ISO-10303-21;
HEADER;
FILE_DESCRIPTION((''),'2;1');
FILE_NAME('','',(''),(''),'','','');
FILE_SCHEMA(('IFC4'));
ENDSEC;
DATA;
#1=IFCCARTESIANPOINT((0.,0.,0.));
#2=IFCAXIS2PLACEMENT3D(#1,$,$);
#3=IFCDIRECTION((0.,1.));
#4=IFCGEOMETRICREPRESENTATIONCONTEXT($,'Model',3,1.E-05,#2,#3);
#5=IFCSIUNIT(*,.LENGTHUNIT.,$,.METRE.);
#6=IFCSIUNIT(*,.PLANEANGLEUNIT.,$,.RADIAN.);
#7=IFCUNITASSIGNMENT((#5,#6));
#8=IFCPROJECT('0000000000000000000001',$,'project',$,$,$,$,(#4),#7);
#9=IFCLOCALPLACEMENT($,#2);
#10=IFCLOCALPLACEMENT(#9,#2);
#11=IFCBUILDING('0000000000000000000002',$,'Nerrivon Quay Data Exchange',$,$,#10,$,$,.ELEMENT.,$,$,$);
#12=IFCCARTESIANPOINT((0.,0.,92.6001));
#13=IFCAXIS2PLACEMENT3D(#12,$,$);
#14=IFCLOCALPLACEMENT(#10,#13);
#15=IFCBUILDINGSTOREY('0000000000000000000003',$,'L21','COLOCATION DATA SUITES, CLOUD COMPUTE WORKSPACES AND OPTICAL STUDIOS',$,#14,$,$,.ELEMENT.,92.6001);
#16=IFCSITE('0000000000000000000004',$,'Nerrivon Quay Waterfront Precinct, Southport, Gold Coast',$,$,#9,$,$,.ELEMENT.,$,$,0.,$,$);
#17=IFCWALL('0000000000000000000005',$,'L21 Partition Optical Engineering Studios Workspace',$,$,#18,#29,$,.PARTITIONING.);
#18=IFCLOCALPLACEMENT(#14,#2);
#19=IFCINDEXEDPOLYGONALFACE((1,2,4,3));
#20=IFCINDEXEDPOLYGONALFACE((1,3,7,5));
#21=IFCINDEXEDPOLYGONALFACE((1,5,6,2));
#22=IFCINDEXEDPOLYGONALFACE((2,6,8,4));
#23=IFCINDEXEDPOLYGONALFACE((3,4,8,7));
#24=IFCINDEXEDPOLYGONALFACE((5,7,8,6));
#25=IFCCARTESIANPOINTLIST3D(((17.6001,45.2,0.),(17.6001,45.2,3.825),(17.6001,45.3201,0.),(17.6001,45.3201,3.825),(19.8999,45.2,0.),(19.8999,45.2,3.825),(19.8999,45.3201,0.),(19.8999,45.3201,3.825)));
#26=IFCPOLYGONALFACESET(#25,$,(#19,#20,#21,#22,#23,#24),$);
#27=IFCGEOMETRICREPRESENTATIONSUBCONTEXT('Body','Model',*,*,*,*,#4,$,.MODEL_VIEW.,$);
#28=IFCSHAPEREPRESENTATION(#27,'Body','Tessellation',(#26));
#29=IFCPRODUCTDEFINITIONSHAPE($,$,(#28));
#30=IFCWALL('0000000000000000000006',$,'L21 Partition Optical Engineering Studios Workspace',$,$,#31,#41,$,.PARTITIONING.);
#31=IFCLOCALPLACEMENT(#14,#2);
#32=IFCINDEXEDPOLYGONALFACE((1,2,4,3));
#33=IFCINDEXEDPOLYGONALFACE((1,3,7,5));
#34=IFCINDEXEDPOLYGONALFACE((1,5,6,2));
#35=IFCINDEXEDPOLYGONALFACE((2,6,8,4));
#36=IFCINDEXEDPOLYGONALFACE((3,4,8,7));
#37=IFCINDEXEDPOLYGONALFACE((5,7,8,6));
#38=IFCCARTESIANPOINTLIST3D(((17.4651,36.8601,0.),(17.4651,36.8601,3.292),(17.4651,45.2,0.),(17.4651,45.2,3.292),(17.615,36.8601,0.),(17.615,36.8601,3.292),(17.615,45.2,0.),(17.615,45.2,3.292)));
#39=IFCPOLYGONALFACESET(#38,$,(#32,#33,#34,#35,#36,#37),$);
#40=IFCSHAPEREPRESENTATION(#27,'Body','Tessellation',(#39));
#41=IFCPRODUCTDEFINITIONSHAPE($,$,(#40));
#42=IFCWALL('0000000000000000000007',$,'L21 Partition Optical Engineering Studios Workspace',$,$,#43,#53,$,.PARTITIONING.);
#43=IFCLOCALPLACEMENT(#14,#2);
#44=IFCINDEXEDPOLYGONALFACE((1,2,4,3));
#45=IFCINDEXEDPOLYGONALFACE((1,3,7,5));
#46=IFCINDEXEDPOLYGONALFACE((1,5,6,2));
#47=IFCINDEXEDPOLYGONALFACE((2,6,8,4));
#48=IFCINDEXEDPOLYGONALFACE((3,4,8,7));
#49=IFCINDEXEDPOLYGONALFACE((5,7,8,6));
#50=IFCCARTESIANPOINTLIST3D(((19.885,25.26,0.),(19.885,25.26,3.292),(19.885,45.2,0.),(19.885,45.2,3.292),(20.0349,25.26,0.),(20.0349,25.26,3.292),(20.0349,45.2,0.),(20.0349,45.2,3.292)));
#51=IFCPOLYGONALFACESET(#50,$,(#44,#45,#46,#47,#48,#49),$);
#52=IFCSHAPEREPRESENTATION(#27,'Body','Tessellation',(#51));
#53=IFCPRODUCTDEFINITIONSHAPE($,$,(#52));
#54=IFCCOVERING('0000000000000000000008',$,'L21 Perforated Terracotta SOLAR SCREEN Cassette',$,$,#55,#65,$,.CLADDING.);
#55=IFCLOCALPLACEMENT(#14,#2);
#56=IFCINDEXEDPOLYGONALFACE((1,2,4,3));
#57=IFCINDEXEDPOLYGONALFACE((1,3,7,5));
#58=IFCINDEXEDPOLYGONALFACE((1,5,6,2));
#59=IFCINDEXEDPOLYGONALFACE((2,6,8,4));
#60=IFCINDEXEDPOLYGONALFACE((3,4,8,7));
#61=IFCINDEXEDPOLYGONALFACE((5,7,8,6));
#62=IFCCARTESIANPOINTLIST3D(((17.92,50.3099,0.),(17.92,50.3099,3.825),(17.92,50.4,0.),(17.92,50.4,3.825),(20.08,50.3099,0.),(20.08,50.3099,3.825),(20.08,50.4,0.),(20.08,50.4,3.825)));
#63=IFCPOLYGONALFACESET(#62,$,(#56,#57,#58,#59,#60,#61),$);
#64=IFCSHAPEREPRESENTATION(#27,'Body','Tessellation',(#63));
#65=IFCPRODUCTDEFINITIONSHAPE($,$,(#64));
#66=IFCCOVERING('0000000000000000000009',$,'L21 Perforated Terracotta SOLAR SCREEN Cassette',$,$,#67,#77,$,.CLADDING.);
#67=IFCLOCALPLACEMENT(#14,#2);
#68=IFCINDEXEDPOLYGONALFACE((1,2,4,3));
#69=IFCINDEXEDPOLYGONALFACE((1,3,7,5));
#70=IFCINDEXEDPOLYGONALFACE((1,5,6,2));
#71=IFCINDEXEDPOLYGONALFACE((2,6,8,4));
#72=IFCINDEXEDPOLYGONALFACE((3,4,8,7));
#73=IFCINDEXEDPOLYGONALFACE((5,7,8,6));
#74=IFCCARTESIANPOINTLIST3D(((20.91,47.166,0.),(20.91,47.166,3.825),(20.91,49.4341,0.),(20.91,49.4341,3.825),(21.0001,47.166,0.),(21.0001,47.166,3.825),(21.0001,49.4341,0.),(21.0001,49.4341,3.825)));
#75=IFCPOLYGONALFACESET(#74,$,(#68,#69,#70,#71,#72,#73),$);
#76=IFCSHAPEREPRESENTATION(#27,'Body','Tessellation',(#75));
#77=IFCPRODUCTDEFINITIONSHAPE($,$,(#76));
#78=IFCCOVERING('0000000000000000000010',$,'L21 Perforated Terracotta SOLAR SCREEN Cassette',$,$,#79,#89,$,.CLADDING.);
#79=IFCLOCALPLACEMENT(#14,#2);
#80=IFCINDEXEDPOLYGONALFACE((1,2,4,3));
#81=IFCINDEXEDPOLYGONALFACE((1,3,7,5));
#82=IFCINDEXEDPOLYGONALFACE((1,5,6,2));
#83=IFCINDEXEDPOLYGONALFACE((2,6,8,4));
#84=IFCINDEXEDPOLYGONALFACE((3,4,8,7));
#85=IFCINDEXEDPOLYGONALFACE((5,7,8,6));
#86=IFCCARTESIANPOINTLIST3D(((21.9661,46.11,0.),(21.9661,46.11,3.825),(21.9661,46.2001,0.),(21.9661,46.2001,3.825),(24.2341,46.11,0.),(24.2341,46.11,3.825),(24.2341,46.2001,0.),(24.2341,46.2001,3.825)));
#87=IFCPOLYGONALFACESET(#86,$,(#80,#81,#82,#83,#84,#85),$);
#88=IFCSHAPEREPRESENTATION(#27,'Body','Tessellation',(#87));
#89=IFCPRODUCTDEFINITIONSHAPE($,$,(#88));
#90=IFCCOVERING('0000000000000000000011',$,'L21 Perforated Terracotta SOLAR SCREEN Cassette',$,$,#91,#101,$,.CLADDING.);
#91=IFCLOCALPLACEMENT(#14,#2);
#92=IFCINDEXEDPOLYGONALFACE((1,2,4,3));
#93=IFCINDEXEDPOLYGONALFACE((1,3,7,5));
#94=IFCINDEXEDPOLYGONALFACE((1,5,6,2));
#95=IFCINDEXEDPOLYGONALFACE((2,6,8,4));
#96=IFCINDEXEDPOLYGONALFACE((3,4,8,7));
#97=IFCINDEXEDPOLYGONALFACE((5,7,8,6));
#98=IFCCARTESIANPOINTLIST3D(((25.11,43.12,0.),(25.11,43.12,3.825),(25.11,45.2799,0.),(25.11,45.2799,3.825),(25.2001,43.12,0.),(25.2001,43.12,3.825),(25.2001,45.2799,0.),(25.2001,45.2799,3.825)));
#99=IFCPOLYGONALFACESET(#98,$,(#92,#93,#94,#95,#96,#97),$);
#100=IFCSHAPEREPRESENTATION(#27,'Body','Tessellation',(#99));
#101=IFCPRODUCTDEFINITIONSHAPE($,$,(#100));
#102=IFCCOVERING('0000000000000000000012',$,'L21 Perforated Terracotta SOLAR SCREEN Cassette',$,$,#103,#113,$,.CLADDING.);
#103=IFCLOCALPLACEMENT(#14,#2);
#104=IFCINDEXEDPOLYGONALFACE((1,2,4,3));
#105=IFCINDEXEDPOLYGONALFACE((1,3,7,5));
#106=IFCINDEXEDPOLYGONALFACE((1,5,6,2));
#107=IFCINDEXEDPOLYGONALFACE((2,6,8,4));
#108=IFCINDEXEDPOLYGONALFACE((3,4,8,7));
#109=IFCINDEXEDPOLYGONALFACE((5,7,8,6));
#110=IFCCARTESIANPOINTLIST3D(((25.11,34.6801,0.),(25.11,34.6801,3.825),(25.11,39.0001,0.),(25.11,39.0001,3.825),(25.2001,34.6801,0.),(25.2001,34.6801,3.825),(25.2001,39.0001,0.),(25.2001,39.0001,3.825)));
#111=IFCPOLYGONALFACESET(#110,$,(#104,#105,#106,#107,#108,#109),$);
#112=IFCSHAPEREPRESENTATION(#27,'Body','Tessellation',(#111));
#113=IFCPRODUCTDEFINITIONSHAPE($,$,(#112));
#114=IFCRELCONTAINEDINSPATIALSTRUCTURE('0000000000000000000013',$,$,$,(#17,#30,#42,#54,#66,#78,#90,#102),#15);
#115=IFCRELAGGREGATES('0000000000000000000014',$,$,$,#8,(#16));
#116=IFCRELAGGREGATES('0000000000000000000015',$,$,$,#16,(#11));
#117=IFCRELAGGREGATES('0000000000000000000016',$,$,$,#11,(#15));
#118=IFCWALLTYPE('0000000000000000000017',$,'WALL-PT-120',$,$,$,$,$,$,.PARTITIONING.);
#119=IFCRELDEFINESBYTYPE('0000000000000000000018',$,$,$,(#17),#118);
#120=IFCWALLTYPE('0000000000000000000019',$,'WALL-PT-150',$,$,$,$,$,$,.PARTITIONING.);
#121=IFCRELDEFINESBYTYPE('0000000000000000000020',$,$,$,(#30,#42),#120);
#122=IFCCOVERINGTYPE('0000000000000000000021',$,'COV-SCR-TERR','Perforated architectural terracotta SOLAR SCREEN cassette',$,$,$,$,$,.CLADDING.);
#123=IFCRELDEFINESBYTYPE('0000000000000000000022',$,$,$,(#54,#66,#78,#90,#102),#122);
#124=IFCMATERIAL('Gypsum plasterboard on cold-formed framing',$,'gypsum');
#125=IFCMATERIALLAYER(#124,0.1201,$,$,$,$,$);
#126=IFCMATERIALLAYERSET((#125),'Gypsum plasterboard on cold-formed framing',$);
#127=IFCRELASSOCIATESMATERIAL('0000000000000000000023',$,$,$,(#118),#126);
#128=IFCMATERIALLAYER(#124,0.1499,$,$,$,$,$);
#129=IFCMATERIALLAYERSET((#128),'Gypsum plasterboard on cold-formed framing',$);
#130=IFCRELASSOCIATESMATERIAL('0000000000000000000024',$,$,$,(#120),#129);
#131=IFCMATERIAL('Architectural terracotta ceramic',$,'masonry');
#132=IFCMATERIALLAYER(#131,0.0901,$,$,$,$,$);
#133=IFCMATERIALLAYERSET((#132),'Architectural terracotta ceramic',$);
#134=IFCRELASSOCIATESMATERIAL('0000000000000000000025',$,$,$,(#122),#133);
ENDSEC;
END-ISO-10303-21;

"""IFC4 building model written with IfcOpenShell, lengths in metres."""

from ifc_helpers import new_model, si_unit, direction, frame, frame_2d, origin, origin_2d, place, context, subcontext, project, spatial, rectangle, extrude, material, layer, layer_set, type_object, element, save


model = new_model("IFC4")

# Units and contexts
model_context = context("Model", 3, precision=1e-05, world=origin(), true_north=direction((0.0, 1.0)))
body_context = subcontext(model_context, "Body", "Model", "MODEL_VIEW")
ifc_project = project(units=[si_unit("LENGTHUNIT", "METRE"), si_unit("PLANEANGLEUNIT", "RADIAN")], contexts=[model_context])

# Site, building, storey
site_placement = place(None, origin())
site = spatial("IfcSite", under=ifc_project, at=site_placement, Name="Nerrivon Quay Waterfront Precinct, Southport, Gold Coast", CompositionType="ELEMENT", RefElevation=0.0)
building_placement = place(site_placement, origin())
building = spatial("IfcBuilding", under=site, at=building_placement, Name="Nerrivon Quay Data Exchange", CompositionType="ELEMENT")
storey_placement = place(building_placement, frame((0.0, 0.0, 92.6001)))
storey = spatial("IfcBuildingStorey", under=building, at=storey_placement, Name="L21", Description="COLOCATION DATA SUITES, CLOUD COMPUTE WORKSPACES AND OPTICAL STUDIOS", CompositionType="ELEMENT", Elevation=92.6001)

# Walls
ifc_material_1 = material(Name="Gypsum plasterboard on cold-formed framing", Category="gypsum")
ifc_layer_1 = layer(ifc_material_1, 0.1201)
ifc_layer_set_1 = layer_set([ifc_layer_1], Name="Gypsum plasterboard on cold-formed framing")
wall_type_1 = type_object("IfcWallType", Name="WALL-PT-120", PredefinedType="PARTITIONING", material=ifc_layer_set_1)
wall_1_placement = place(storey_placement, frame((17.6001, 45.26, 0.0), z_axis=(0.0, 0.0, 1.0), x_axis=(1.0, 0.0, 0.0)))
element("IfcWall", 1, at=wall_1_placement, inside=storey, type_object=wall_type_1, Name="L21 Partition Optical Engineering Studios Workspace", PredefinedType="PARTITIONING", context=body_context, shape_type="SweptSolid", body=[
    extrude(rectangle(XDim=2.2998, YDim=0.1201, at=frame_2d((1.1499, 0.0))), origin(), (0.0, 0.0, 1.0), 3.825),
])
ifc_layer_2 = layer(ifc_material_1, 0.1499)
ifc_layer_set_2 = layer_set([ifc_layer_2], Name="Gypsum plasterboard on cold-formed framing")
wall_type_2 = type_object("IfcWallType", Name="WALL-PT-150", PredefinedType="PARTITIONING", material=ifc_layer_set_2)
wall_2_placement = place(storey_placement, frame((17.54, 36.8601, 0.0), z_axis=(0.0, 0.0, 1.0), x_axis=(0.0, 1.0, 0.0)))
element("IfcWall", 2, at=wall_2_placement, inside=storey, type_object=wall_type_2, Name="L21 Partition Optical Engineering Studios Workspace", PredefinedType="PARTITIONING", context=body_context, shape_type="SweptSolid", body=[
    extrude(rectangle(XDim=8.3398, YDim=0.1499, at=frame_2d((4.1699, 0.0))), origin(), (0.0, 0.0, 1.0), 3.292),
])
wall_3_placement = place(storey_placement, frame((19.96, 45.2, 0.0), z_axis=(0.0, 0.0, 1.0), x_axis=(0.0, -1.0, 0.0)))
element("IfcWall", 3, at=wall_3_placement, inside=storey, type_object=wall_type_2, Name="L21 Partition Optical Engineering Studios Workspace", PredefinedType="PARTITIONING", context=body_context, shape_type="SweptSolid", body=[
    extrude(rectangle(XDim=19.9399, YDim=0.1499, at=frame_2d((9.97, 0.0))), origin(), (0.0, 0.0, 1.0), 3.292),
])

# Coverings
ifc_material_2 = material(Name="Architectural terracotta ceramic", Category="masonry")
ifc_layer_3 = layer(ifc_material_2, 0.0901)
ifc_layer_set_3 = layer_set([ifc_layer_3], Name="Architectural terracotta ceramic")
covering_type = type_object("IfcCoveringType", Name="COV-SCR-TERR", Description="Perforated architectural terracotta SOLAR SCREEN cassette", PredefinedType="CLADDING", material=ifc_layer_set_3)
covering_1_placement = place(storey_placement, frame((19.0, 50.355, 0.0), z_axis=(0.0, 0.0, 1.0), x_axis=(1.0, 0.0, 0.0)))
element("IfcCovering", 4, at=covering_1_placement, inside=storey, type_object=covering_type, Name="L21 Perforated Terracotta SOLAR SCREEN Cassette", PredefinedType="CLADDING", context=body_context, shape_type="SweptSolid", body=[
    extrude(rectangle(XDim=2.1599, YDim=0.0901, at=origin_2d()), origin(), (0.0, 0.0, 1.0), 3.825),
])
for number, where, z_axis, x_axis, name in (
    (5, (20.9551, 48.3, 0.0), (0.0, 0.0, 1.0), (0.0, -1.0, 0.0), "L21 Perforated Terracotta SOLAR SCREEN Cassette"),
    (6, (23.1001, 46.155, 0.0), (0.0, 0.0, 1.0), (1.0, 0.0, 0.0), "L21 Perforated Terracotta SOLAR SCREEN Cassette"),
):
    element("IfcCovering", number, at=place(storey_placement, frame(where, z_axis=z_axis, x_axis=x_axis)), inside=storey, type_object=covering_type, Name=name, PredefinedType="CLADDING", context=body_context, shape_type="SweptSolid", body=[
        extrude(rectangle(XDim=2.2681, YDim=0.0901, at=origin_2d()), origin(), (0.0, 0.0, 1.0), 3.825),
    ])
covering_2_placement = place(storey_placement, frame((25.155, 44.2, 0.0), z_axis=(0.0, 0.0, 1.0), x_axis=(0.0, -1.0, 0.0)))
element("IfcCovering", 7, at=covering_2_placement, inside=storey, type_object=covering_type, Name="L21 Perforated Terracotta SOLAR SCREEN Cassette", PredefinedType="CLADDING", context=body_context, shape_type="SweptSolid", body=[
    extrude(rectangle(XDim=2.1599, YDim=0.0901, at=origin_2d()), origin(), (0.0, 0.0, 1.0), 3.825),
])
covering_3_placement = place(storey_placement, frame((25.155, 36.8401, 0.0), z_axis=(0.0, 0.0, 1.0), x_axis=(0.0, -1.0, 0.0)))
element("IfcCovering", 8, at=covering_3_placement, inside=storey, type_object=covering_type, Name="L21 Perforated Terracotta SOLAR SCREEN Cassette", PredefinedType="CLADDING", context=body_context, shape_type="SweptSolid", body=[
    extrude(rectangle(XDim=4.3201, YDim=0.0901, at=origin_2d()), origin(), (0.0, 0.0, 1.0), 3.825),
])

save(model, "model.ifc")
